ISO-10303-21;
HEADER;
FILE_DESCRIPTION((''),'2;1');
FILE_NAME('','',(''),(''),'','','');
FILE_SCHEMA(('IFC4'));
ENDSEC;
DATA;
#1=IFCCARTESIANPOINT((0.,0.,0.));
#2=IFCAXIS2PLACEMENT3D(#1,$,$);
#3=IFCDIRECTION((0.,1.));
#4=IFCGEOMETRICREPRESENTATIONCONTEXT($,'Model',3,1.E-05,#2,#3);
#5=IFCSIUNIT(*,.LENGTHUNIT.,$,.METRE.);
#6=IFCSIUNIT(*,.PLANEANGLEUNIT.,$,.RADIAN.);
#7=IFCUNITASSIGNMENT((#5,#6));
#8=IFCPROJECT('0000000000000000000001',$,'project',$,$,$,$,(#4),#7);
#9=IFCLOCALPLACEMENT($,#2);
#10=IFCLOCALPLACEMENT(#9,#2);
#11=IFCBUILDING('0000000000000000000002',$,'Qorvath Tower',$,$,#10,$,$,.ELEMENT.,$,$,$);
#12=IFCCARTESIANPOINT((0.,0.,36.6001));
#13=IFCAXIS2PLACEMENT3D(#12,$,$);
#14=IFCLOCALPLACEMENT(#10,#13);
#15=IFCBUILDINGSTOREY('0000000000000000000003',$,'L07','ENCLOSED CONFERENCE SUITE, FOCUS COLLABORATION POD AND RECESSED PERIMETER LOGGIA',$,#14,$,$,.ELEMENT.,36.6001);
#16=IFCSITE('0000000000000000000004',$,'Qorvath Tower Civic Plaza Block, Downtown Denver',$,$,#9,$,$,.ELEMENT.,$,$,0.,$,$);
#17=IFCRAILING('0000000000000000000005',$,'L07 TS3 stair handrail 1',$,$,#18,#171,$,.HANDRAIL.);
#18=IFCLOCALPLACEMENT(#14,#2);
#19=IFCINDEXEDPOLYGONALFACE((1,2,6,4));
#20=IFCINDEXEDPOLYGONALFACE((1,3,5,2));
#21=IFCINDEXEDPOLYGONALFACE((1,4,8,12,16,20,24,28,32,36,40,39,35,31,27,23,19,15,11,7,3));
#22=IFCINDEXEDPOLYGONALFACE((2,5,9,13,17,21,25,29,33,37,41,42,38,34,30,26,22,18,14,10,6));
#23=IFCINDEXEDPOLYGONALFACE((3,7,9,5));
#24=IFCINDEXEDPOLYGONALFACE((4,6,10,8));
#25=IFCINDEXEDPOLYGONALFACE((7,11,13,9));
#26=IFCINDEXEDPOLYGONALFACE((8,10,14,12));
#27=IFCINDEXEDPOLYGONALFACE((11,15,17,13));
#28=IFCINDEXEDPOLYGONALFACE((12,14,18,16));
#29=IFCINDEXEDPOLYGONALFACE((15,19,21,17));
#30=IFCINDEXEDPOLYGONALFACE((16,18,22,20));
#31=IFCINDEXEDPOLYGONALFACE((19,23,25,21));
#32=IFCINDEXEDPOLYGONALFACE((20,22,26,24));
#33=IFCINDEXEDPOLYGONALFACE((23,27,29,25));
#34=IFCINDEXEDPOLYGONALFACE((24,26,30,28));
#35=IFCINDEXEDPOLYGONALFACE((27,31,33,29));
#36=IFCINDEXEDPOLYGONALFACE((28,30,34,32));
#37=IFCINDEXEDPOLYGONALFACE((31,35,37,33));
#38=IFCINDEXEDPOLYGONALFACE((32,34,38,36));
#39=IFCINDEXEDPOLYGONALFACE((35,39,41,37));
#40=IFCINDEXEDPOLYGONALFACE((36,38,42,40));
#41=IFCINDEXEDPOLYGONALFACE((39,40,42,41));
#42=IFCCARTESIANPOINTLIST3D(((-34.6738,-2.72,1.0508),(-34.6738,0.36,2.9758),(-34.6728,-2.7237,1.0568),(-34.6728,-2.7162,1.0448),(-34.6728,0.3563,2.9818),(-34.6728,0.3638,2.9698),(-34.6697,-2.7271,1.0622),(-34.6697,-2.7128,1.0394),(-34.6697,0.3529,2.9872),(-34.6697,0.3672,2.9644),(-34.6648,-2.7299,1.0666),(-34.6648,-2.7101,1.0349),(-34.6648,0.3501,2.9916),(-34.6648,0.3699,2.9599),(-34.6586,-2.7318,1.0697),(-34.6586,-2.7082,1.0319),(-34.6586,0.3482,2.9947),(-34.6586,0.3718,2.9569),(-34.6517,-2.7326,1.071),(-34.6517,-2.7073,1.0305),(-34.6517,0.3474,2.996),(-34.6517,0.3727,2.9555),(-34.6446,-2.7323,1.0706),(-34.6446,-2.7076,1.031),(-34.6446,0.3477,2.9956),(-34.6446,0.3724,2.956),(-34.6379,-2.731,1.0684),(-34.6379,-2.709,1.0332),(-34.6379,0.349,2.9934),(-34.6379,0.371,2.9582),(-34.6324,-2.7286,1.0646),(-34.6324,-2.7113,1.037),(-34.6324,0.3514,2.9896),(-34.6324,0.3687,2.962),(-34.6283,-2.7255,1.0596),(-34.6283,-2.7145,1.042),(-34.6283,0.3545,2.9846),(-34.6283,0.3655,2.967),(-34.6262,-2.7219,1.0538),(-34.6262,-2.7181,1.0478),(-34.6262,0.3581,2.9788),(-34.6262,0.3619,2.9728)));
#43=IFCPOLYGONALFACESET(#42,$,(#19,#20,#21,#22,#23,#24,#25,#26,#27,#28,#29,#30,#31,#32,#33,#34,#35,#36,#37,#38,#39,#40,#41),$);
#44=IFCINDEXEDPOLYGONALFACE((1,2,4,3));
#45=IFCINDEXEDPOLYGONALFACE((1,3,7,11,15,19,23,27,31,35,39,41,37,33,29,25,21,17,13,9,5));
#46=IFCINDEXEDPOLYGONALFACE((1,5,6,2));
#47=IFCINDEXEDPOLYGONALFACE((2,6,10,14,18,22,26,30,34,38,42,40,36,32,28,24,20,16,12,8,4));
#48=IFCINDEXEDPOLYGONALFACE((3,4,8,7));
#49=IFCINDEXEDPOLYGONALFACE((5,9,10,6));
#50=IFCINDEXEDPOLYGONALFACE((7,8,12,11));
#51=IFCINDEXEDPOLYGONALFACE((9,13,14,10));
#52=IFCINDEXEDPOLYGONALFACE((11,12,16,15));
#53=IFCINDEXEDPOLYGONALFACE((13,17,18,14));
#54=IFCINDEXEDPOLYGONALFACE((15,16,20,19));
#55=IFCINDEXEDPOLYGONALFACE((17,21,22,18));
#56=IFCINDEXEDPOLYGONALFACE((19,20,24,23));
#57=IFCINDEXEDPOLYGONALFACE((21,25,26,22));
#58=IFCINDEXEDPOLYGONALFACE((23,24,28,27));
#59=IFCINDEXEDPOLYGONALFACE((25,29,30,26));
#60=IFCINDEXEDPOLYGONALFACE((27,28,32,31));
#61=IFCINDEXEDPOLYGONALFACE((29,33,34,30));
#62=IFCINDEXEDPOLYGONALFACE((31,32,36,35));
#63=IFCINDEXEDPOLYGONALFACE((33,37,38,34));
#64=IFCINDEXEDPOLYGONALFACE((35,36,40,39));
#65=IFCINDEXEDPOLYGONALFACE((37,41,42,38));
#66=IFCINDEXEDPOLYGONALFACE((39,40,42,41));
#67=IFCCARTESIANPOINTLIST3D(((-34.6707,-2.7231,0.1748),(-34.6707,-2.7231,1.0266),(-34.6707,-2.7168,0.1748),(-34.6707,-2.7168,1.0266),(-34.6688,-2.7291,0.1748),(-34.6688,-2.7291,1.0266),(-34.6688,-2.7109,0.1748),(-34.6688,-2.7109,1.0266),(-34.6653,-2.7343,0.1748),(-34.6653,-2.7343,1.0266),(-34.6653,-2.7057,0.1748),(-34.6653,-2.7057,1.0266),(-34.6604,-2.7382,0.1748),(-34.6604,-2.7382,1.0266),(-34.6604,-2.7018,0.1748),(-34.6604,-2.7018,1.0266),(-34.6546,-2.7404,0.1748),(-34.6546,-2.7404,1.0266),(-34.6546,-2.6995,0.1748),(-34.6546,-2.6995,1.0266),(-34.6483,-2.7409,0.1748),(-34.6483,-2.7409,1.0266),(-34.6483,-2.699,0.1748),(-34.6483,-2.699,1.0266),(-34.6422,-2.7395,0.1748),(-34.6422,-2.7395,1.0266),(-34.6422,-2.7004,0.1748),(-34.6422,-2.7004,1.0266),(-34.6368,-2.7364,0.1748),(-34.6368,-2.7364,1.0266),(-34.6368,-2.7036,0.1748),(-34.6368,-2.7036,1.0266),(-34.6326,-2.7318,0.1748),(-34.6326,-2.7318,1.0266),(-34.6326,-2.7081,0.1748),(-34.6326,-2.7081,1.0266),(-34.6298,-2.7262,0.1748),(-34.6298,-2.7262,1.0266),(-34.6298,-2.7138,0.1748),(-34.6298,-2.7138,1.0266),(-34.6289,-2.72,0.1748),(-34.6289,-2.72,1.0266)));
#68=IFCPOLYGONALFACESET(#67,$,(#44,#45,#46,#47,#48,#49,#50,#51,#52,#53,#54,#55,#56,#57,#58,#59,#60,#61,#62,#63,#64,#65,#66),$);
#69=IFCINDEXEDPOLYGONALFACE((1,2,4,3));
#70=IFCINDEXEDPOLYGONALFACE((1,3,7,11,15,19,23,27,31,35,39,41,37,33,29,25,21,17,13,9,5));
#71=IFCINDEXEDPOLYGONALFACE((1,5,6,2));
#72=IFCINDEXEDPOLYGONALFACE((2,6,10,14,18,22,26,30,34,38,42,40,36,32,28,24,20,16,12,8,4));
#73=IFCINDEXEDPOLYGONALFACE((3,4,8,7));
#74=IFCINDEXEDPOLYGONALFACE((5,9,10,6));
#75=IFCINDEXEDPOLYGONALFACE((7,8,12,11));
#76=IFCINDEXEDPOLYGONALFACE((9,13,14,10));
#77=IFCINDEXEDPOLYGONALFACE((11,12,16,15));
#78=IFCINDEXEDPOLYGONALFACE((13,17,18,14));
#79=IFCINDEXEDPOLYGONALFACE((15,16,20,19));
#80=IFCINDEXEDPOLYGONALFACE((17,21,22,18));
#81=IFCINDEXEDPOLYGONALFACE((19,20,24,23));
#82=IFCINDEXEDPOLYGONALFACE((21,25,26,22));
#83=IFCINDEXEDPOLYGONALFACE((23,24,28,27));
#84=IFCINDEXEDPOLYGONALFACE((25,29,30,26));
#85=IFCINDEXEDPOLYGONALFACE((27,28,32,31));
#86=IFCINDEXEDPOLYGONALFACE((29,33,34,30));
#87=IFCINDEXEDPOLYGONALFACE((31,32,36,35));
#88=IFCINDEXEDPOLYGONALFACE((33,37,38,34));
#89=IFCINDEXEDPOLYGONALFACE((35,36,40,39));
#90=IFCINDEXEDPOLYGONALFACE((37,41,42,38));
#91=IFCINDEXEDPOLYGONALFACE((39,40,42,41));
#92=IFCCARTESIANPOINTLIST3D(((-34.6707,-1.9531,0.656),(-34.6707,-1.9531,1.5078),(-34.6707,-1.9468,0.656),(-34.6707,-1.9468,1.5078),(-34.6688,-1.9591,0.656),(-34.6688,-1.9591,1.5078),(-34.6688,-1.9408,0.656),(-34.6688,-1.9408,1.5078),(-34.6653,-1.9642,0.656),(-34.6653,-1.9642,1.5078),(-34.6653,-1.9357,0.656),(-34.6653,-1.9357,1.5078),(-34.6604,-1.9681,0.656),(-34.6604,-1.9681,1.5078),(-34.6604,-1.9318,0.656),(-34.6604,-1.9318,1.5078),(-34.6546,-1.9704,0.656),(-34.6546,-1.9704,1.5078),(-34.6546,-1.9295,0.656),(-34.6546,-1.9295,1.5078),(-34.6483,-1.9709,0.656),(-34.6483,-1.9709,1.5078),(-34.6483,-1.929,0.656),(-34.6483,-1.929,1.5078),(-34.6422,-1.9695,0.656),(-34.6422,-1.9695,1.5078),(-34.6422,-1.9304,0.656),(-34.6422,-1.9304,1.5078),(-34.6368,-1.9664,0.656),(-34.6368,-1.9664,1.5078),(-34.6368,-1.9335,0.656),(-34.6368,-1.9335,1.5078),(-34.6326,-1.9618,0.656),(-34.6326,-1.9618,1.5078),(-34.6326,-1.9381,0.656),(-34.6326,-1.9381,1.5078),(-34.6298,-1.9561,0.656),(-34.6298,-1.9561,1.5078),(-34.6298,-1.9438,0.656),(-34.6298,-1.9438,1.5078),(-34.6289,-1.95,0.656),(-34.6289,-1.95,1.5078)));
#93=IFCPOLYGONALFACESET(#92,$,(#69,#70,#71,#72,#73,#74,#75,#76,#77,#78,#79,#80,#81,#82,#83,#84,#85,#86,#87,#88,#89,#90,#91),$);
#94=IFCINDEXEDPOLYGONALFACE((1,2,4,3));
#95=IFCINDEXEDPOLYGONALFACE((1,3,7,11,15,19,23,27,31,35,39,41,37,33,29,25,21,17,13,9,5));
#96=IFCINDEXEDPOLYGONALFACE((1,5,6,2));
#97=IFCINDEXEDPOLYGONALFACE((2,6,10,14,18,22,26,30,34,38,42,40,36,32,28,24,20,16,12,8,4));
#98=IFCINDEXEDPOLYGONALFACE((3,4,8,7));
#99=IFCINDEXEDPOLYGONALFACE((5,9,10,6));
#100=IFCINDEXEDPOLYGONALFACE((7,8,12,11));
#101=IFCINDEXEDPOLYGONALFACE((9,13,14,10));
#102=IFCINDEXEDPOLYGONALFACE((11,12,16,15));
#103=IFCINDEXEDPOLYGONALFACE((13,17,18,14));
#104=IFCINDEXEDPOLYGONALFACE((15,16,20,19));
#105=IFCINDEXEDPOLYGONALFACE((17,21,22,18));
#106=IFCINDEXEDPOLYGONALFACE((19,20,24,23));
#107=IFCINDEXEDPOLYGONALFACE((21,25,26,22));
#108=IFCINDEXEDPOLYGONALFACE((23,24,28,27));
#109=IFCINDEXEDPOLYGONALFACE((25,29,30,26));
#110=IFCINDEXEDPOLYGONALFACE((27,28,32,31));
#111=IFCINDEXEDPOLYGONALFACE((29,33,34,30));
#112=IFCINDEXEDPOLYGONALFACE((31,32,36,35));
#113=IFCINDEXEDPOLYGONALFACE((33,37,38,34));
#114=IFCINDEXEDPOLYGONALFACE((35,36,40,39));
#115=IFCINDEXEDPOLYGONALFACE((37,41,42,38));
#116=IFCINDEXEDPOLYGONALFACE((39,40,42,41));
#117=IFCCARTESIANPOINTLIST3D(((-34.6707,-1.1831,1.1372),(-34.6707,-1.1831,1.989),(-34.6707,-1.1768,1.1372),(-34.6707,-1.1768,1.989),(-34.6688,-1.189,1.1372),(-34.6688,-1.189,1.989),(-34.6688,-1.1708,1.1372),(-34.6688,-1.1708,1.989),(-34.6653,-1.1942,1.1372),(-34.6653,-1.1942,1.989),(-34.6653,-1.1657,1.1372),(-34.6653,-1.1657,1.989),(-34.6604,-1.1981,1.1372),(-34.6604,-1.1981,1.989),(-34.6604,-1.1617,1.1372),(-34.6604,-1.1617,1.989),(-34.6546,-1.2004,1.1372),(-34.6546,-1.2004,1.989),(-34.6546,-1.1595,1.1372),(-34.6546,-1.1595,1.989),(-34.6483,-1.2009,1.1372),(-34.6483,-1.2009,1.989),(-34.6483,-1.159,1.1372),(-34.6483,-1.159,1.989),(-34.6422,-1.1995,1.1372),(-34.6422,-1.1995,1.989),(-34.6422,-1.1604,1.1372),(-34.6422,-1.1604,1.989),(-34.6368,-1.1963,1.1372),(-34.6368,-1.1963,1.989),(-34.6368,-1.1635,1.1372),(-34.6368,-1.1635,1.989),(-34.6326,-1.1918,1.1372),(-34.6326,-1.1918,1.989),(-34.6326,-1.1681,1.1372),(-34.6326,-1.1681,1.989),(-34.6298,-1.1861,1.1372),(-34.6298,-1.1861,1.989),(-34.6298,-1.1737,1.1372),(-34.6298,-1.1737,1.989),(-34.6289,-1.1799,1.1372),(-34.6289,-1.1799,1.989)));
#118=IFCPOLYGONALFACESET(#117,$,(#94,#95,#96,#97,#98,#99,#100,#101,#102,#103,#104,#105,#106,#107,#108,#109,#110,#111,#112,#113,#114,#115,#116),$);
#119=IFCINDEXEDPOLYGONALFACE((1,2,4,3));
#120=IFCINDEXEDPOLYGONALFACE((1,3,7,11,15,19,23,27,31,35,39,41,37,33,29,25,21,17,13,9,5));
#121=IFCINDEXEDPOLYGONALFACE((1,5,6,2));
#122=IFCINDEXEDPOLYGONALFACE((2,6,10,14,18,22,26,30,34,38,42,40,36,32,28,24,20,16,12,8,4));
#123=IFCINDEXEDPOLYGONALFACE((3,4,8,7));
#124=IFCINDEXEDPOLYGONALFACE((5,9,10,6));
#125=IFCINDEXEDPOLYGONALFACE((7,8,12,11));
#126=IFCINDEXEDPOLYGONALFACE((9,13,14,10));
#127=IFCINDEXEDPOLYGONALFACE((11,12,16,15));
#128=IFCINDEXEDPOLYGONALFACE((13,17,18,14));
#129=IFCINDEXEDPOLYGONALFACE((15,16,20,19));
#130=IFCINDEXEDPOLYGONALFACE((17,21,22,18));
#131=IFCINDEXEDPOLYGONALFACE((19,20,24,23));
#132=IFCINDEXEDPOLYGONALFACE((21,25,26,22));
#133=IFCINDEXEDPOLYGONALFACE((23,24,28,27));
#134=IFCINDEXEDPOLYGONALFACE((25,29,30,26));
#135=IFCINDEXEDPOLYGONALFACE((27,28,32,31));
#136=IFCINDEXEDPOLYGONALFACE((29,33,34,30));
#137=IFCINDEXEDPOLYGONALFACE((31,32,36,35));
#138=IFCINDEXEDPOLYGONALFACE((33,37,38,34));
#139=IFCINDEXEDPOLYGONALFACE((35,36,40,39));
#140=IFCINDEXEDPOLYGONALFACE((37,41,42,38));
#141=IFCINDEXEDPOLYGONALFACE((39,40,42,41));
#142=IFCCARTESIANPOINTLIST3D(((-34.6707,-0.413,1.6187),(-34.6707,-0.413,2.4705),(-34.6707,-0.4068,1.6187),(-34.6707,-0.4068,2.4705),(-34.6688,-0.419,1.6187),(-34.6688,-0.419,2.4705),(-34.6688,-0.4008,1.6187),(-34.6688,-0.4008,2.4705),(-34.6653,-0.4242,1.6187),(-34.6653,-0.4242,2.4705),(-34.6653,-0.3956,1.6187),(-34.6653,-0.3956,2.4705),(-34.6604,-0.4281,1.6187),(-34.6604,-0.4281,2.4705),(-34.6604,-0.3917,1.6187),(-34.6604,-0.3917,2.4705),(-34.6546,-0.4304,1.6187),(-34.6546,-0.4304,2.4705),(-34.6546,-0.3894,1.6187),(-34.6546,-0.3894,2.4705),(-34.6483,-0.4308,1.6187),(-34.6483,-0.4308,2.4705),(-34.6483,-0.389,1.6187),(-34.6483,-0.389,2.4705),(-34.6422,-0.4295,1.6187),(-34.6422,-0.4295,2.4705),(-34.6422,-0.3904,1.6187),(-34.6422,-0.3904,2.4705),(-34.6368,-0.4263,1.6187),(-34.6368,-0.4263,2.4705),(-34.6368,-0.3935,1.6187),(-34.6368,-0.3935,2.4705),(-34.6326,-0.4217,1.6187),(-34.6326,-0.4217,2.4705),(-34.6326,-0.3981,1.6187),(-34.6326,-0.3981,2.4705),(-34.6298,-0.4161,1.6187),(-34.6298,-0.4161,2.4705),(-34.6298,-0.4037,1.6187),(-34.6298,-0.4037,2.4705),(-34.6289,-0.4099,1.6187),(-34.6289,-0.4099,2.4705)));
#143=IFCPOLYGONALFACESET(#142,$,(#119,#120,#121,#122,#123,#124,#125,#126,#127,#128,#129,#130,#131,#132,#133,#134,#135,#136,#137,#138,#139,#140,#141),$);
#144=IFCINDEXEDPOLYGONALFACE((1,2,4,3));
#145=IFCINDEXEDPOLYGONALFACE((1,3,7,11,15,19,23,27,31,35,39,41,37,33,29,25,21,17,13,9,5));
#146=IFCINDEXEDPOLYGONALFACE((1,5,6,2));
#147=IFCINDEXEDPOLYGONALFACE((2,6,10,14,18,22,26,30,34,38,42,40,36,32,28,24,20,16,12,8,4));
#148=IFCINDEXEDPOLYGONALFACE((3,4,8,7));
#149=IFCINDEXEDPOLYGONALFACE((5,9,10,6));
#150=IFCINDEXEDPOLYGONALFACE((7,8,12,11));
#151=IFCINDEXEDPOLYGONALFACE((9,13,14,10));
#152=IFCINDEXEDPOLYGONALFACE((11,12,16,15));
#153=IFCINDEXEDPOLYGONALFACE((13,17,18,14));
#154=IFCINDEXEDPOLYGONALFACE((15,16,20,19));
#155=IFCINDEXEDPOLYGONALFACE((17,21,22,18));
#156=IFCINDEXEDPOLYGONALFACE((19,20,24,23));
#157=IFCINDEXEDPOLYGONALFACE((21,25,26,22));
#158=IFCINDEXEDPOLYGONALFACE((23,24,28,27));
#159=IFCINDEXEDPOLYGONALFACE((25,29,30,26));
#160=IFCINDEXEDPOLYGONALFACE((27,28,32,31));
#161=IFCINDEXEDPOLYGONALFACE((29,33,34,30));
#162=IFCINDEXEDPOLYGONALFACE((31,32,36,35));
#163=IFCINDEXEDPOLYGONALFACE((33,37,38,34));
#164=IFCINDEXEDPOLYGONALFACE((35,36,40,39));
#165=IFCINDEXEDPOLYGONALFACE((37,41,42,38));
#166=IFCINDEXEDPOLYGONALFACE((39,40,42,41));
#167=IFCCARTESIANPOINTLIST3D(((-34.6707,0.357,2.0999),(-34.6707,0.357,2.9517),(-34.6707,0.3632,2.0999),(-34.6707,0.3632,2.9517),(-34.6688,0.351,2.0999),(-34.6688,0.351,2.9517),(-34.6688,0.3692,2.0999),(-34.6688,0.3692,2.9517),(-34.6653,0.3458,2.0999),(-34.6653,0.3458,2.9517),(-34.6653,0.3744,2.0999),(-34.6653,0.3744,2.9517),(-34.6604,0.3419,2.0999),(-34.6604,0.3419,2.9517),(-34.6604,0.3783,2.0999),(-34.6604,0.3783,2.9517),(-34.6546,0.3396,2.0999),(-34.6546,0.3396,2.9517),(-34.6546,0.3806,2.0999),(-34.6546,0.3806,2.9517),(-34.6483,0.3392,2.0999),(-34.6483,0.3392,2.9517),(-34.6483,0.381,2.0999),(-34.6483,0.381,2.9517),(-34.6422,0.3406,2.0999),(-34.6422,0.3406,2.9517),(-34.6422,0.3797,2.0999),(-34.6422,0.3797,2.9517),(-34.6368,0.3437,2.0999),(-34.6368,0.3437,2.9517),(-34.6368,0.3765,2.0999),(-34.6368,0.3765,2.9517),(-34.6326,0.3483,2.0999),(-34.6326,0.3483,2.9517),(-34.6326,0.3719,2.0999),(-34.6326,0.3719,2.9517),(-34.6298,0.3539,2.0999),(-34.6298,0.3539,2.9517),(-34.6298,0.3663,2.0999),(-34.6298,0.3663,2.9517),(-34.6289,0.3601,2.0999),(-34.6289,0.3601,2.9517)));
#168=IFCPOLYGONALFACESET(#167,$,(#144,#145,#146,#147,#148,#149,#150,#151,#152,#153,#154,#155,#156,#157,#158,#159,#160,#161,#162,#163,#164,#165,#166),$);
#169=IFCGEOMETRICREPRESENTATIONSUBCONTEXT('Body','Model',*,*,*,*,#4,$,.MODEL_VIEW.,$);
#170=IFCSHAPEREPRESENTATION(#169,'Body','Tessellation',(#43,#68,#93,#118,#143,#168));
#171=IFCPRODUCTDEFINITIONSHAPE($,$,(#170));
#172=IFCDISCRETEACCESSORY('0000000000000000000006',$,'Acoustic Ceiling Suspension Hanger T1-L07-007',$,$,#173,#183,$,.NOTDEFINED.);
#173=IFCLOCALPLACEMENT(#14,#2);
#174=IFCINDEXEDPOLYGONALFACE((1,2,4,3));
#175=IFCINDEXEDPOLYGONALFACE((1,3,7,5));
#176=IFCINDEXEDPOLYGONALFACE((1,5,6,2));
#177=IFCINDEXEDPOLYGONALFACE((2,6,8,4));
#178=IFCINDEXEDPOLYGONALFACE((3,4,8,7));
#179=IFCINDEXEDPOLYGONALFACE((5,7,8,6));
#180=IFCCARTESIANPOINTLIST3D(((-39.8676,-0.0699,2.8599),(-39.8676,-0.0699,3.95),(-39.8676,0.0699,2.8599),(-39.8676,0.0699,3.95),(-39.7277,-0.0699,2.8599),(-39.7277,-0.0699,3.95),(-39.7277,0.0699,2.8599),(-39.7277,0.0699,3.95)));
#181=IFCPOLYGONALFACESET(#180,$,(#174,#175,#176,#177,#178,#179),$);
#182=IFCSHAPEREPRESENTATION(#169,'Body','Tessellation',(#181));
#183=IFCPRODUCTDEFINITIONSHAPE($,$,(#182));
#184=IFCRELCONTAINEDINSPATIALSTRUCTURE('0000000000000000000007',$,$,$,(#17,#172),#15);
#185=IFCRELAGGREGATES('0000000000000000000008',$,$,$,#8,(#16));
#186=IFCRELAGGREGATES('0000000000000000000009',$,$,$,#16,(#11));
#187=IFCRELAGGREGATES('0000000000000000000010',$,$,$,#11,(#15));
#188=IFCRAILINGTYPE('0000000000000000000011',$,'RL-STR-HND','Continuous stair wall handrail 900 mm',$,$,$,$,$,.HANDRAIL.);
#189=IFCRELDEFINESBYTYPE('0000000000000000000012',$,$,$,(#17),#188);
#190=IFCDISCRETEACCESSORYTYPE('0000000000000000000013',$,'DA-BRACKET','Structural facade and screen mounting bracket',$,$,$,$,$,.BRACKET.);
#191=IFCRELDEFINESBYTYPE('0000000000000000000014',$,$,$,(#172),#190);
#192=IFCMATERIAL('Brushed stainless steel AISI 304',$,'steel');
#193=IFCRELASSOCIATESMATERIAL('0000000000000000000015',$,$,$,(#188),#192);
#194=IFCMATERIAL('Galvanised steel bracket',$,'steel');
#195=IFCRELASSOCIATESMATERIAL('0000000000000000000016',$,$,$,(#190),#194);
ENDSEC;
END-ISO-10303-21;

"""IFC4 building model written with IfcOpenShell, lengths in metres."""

from ifc_helpers import new_model, si_unit, direction, frame, origin, origin_2d, place, context, subcontext, project, spatial, rectangle, circle, extrude, material, type_object, element, save


model = new_model("IFC4")

# Units and contexts
model_context = context("Model", 3, precision=1e-05, world=origin(), true_north=direction((0.0, 1.0)))
body_context = subcontext(model_context, "Body", "Model", "MODEL_VIEW")
ifc_project = project(units=[si_unit("LENGTHUNIT", "METRE"), si_unit("PLANEANGLEUNIT", "RADIAN")], contexts=[model_context])

# Site, building, storey
site_placement = place(None, origin())
site = spatial("IfcSite", under=ifc_project, at=site_placement, Name="Qorvath Tower Civic Plaza Block, Downtown Denver", CompositionType="ELEMENT", RefElevation=0.0)
building_placement = place(site_placement, origin())
building = spatial("IfcBuilding", under=site, at=building_placement, Name="Qorvath Tower", CompositionType="ELEMENT")
storey_placement = place(building_placement, frame((0.0, 0.0, 36.6001)))
storey = spatial("IfcBuildingStorey", under=building, at=storey_placement, Name="L07", Description="ENCLOSED CONFERENCE SUITE, FOCUS COLLABORATION POD AND RECESSED PERIMETER LOGGIA", CompositionType="ELEMENT", Elevation=36.6001)

# Railing
ifc_material_1 = material(Name="Brushed stainless steel AISI 304", Category="steel")
railing_type_1 = type_object("IfcRailingType", Name="RL-STR-HND", Description="Continuous stair wall handrail 900 mm", PredefinedType="HANDRAIL", material=ifc_material_1)
railing_1_placement = place(storey_placement, frame((-34.6499, -2.72, 0.1748)))
element("IfcRailing", 1, at=railing_1_placement, inside=storey, type_object=railing_type_1, Name="L07 TS3 stair handrail 1", PredefinedType="HANDRAIL", context=body_context, shape_type="SweptSolid", body=[
    extrude(circle(Radius=0.0239, at=origin_2d()), frame((0.0, 0.0, 0.876), z_axis=(0.0, 0.847998, 0.529999), x_axis=(-1.0, 0.0, 0.0)), (0.0, 0.0, 1.0), 3.6321),
    extrude(circle(Radius=0.021, at=origin_2d()), origin(), (0.0, 0.0, 1.0), 0.8518),
    extrude(circle(Radius=0.021, at=origin_2d()), frame((0.0, 0.77, 0.4812)), (0.0, 0.0, 1.0), 0.8518),
    extrude(circle(Radius=0.021, at=origin_2d()), frame((0.0, 1.54, 0.9624)), (0.0, 0.0, 1.0), 0.8518),
    extrude(circle(Radius=0.021, at=origin_2d()), frame((0.0, 2.3101, 1.4438)), (0.0, 0.0, 1.0), 0.8518),
    extrude(circle(Radius=0.021, at=origin_2d()), frame((0.0, 3.0801, 1.925)), (0.0, 0.0, 1.0), 0.8518),
])

# Discrete accessory
ifc_material_2 = material(Name="Galvanised steel bracket", Category="steel")
discrete_accessory_type = type_object("IfcDiscreteAccessoryType", Name="DA-BRACKET", Description="Structural facade and screen mounting bracket", PredefinedType="BRACKET", material=ifc_material_2)
discrete_accessory_placement = place(storey_placement, frame((-39.7976, 0.0, 2.8599), z_axis=(0.0, 0.0, 1.0), x_axis=(1.0, 0.0, 0.0)))
element("IfcDiscreteAccessory", 2, at=discrete_accessory_placement, inside=storey, type_object=discrete_accessory_type, Name="Acoustic Ceiling Suspension Hanger T1-L07-007", PredefinedType="NOTDEFINED", context=body_context, shape_type="SweptSolid", body=[
    extrude(rectangle(XDim=0.1399, YDim=0.1399, at=origin_2d()), origin(), (0.0, 0.0, 1.0), 1.0901),
])

save(model, "model.ifc")
